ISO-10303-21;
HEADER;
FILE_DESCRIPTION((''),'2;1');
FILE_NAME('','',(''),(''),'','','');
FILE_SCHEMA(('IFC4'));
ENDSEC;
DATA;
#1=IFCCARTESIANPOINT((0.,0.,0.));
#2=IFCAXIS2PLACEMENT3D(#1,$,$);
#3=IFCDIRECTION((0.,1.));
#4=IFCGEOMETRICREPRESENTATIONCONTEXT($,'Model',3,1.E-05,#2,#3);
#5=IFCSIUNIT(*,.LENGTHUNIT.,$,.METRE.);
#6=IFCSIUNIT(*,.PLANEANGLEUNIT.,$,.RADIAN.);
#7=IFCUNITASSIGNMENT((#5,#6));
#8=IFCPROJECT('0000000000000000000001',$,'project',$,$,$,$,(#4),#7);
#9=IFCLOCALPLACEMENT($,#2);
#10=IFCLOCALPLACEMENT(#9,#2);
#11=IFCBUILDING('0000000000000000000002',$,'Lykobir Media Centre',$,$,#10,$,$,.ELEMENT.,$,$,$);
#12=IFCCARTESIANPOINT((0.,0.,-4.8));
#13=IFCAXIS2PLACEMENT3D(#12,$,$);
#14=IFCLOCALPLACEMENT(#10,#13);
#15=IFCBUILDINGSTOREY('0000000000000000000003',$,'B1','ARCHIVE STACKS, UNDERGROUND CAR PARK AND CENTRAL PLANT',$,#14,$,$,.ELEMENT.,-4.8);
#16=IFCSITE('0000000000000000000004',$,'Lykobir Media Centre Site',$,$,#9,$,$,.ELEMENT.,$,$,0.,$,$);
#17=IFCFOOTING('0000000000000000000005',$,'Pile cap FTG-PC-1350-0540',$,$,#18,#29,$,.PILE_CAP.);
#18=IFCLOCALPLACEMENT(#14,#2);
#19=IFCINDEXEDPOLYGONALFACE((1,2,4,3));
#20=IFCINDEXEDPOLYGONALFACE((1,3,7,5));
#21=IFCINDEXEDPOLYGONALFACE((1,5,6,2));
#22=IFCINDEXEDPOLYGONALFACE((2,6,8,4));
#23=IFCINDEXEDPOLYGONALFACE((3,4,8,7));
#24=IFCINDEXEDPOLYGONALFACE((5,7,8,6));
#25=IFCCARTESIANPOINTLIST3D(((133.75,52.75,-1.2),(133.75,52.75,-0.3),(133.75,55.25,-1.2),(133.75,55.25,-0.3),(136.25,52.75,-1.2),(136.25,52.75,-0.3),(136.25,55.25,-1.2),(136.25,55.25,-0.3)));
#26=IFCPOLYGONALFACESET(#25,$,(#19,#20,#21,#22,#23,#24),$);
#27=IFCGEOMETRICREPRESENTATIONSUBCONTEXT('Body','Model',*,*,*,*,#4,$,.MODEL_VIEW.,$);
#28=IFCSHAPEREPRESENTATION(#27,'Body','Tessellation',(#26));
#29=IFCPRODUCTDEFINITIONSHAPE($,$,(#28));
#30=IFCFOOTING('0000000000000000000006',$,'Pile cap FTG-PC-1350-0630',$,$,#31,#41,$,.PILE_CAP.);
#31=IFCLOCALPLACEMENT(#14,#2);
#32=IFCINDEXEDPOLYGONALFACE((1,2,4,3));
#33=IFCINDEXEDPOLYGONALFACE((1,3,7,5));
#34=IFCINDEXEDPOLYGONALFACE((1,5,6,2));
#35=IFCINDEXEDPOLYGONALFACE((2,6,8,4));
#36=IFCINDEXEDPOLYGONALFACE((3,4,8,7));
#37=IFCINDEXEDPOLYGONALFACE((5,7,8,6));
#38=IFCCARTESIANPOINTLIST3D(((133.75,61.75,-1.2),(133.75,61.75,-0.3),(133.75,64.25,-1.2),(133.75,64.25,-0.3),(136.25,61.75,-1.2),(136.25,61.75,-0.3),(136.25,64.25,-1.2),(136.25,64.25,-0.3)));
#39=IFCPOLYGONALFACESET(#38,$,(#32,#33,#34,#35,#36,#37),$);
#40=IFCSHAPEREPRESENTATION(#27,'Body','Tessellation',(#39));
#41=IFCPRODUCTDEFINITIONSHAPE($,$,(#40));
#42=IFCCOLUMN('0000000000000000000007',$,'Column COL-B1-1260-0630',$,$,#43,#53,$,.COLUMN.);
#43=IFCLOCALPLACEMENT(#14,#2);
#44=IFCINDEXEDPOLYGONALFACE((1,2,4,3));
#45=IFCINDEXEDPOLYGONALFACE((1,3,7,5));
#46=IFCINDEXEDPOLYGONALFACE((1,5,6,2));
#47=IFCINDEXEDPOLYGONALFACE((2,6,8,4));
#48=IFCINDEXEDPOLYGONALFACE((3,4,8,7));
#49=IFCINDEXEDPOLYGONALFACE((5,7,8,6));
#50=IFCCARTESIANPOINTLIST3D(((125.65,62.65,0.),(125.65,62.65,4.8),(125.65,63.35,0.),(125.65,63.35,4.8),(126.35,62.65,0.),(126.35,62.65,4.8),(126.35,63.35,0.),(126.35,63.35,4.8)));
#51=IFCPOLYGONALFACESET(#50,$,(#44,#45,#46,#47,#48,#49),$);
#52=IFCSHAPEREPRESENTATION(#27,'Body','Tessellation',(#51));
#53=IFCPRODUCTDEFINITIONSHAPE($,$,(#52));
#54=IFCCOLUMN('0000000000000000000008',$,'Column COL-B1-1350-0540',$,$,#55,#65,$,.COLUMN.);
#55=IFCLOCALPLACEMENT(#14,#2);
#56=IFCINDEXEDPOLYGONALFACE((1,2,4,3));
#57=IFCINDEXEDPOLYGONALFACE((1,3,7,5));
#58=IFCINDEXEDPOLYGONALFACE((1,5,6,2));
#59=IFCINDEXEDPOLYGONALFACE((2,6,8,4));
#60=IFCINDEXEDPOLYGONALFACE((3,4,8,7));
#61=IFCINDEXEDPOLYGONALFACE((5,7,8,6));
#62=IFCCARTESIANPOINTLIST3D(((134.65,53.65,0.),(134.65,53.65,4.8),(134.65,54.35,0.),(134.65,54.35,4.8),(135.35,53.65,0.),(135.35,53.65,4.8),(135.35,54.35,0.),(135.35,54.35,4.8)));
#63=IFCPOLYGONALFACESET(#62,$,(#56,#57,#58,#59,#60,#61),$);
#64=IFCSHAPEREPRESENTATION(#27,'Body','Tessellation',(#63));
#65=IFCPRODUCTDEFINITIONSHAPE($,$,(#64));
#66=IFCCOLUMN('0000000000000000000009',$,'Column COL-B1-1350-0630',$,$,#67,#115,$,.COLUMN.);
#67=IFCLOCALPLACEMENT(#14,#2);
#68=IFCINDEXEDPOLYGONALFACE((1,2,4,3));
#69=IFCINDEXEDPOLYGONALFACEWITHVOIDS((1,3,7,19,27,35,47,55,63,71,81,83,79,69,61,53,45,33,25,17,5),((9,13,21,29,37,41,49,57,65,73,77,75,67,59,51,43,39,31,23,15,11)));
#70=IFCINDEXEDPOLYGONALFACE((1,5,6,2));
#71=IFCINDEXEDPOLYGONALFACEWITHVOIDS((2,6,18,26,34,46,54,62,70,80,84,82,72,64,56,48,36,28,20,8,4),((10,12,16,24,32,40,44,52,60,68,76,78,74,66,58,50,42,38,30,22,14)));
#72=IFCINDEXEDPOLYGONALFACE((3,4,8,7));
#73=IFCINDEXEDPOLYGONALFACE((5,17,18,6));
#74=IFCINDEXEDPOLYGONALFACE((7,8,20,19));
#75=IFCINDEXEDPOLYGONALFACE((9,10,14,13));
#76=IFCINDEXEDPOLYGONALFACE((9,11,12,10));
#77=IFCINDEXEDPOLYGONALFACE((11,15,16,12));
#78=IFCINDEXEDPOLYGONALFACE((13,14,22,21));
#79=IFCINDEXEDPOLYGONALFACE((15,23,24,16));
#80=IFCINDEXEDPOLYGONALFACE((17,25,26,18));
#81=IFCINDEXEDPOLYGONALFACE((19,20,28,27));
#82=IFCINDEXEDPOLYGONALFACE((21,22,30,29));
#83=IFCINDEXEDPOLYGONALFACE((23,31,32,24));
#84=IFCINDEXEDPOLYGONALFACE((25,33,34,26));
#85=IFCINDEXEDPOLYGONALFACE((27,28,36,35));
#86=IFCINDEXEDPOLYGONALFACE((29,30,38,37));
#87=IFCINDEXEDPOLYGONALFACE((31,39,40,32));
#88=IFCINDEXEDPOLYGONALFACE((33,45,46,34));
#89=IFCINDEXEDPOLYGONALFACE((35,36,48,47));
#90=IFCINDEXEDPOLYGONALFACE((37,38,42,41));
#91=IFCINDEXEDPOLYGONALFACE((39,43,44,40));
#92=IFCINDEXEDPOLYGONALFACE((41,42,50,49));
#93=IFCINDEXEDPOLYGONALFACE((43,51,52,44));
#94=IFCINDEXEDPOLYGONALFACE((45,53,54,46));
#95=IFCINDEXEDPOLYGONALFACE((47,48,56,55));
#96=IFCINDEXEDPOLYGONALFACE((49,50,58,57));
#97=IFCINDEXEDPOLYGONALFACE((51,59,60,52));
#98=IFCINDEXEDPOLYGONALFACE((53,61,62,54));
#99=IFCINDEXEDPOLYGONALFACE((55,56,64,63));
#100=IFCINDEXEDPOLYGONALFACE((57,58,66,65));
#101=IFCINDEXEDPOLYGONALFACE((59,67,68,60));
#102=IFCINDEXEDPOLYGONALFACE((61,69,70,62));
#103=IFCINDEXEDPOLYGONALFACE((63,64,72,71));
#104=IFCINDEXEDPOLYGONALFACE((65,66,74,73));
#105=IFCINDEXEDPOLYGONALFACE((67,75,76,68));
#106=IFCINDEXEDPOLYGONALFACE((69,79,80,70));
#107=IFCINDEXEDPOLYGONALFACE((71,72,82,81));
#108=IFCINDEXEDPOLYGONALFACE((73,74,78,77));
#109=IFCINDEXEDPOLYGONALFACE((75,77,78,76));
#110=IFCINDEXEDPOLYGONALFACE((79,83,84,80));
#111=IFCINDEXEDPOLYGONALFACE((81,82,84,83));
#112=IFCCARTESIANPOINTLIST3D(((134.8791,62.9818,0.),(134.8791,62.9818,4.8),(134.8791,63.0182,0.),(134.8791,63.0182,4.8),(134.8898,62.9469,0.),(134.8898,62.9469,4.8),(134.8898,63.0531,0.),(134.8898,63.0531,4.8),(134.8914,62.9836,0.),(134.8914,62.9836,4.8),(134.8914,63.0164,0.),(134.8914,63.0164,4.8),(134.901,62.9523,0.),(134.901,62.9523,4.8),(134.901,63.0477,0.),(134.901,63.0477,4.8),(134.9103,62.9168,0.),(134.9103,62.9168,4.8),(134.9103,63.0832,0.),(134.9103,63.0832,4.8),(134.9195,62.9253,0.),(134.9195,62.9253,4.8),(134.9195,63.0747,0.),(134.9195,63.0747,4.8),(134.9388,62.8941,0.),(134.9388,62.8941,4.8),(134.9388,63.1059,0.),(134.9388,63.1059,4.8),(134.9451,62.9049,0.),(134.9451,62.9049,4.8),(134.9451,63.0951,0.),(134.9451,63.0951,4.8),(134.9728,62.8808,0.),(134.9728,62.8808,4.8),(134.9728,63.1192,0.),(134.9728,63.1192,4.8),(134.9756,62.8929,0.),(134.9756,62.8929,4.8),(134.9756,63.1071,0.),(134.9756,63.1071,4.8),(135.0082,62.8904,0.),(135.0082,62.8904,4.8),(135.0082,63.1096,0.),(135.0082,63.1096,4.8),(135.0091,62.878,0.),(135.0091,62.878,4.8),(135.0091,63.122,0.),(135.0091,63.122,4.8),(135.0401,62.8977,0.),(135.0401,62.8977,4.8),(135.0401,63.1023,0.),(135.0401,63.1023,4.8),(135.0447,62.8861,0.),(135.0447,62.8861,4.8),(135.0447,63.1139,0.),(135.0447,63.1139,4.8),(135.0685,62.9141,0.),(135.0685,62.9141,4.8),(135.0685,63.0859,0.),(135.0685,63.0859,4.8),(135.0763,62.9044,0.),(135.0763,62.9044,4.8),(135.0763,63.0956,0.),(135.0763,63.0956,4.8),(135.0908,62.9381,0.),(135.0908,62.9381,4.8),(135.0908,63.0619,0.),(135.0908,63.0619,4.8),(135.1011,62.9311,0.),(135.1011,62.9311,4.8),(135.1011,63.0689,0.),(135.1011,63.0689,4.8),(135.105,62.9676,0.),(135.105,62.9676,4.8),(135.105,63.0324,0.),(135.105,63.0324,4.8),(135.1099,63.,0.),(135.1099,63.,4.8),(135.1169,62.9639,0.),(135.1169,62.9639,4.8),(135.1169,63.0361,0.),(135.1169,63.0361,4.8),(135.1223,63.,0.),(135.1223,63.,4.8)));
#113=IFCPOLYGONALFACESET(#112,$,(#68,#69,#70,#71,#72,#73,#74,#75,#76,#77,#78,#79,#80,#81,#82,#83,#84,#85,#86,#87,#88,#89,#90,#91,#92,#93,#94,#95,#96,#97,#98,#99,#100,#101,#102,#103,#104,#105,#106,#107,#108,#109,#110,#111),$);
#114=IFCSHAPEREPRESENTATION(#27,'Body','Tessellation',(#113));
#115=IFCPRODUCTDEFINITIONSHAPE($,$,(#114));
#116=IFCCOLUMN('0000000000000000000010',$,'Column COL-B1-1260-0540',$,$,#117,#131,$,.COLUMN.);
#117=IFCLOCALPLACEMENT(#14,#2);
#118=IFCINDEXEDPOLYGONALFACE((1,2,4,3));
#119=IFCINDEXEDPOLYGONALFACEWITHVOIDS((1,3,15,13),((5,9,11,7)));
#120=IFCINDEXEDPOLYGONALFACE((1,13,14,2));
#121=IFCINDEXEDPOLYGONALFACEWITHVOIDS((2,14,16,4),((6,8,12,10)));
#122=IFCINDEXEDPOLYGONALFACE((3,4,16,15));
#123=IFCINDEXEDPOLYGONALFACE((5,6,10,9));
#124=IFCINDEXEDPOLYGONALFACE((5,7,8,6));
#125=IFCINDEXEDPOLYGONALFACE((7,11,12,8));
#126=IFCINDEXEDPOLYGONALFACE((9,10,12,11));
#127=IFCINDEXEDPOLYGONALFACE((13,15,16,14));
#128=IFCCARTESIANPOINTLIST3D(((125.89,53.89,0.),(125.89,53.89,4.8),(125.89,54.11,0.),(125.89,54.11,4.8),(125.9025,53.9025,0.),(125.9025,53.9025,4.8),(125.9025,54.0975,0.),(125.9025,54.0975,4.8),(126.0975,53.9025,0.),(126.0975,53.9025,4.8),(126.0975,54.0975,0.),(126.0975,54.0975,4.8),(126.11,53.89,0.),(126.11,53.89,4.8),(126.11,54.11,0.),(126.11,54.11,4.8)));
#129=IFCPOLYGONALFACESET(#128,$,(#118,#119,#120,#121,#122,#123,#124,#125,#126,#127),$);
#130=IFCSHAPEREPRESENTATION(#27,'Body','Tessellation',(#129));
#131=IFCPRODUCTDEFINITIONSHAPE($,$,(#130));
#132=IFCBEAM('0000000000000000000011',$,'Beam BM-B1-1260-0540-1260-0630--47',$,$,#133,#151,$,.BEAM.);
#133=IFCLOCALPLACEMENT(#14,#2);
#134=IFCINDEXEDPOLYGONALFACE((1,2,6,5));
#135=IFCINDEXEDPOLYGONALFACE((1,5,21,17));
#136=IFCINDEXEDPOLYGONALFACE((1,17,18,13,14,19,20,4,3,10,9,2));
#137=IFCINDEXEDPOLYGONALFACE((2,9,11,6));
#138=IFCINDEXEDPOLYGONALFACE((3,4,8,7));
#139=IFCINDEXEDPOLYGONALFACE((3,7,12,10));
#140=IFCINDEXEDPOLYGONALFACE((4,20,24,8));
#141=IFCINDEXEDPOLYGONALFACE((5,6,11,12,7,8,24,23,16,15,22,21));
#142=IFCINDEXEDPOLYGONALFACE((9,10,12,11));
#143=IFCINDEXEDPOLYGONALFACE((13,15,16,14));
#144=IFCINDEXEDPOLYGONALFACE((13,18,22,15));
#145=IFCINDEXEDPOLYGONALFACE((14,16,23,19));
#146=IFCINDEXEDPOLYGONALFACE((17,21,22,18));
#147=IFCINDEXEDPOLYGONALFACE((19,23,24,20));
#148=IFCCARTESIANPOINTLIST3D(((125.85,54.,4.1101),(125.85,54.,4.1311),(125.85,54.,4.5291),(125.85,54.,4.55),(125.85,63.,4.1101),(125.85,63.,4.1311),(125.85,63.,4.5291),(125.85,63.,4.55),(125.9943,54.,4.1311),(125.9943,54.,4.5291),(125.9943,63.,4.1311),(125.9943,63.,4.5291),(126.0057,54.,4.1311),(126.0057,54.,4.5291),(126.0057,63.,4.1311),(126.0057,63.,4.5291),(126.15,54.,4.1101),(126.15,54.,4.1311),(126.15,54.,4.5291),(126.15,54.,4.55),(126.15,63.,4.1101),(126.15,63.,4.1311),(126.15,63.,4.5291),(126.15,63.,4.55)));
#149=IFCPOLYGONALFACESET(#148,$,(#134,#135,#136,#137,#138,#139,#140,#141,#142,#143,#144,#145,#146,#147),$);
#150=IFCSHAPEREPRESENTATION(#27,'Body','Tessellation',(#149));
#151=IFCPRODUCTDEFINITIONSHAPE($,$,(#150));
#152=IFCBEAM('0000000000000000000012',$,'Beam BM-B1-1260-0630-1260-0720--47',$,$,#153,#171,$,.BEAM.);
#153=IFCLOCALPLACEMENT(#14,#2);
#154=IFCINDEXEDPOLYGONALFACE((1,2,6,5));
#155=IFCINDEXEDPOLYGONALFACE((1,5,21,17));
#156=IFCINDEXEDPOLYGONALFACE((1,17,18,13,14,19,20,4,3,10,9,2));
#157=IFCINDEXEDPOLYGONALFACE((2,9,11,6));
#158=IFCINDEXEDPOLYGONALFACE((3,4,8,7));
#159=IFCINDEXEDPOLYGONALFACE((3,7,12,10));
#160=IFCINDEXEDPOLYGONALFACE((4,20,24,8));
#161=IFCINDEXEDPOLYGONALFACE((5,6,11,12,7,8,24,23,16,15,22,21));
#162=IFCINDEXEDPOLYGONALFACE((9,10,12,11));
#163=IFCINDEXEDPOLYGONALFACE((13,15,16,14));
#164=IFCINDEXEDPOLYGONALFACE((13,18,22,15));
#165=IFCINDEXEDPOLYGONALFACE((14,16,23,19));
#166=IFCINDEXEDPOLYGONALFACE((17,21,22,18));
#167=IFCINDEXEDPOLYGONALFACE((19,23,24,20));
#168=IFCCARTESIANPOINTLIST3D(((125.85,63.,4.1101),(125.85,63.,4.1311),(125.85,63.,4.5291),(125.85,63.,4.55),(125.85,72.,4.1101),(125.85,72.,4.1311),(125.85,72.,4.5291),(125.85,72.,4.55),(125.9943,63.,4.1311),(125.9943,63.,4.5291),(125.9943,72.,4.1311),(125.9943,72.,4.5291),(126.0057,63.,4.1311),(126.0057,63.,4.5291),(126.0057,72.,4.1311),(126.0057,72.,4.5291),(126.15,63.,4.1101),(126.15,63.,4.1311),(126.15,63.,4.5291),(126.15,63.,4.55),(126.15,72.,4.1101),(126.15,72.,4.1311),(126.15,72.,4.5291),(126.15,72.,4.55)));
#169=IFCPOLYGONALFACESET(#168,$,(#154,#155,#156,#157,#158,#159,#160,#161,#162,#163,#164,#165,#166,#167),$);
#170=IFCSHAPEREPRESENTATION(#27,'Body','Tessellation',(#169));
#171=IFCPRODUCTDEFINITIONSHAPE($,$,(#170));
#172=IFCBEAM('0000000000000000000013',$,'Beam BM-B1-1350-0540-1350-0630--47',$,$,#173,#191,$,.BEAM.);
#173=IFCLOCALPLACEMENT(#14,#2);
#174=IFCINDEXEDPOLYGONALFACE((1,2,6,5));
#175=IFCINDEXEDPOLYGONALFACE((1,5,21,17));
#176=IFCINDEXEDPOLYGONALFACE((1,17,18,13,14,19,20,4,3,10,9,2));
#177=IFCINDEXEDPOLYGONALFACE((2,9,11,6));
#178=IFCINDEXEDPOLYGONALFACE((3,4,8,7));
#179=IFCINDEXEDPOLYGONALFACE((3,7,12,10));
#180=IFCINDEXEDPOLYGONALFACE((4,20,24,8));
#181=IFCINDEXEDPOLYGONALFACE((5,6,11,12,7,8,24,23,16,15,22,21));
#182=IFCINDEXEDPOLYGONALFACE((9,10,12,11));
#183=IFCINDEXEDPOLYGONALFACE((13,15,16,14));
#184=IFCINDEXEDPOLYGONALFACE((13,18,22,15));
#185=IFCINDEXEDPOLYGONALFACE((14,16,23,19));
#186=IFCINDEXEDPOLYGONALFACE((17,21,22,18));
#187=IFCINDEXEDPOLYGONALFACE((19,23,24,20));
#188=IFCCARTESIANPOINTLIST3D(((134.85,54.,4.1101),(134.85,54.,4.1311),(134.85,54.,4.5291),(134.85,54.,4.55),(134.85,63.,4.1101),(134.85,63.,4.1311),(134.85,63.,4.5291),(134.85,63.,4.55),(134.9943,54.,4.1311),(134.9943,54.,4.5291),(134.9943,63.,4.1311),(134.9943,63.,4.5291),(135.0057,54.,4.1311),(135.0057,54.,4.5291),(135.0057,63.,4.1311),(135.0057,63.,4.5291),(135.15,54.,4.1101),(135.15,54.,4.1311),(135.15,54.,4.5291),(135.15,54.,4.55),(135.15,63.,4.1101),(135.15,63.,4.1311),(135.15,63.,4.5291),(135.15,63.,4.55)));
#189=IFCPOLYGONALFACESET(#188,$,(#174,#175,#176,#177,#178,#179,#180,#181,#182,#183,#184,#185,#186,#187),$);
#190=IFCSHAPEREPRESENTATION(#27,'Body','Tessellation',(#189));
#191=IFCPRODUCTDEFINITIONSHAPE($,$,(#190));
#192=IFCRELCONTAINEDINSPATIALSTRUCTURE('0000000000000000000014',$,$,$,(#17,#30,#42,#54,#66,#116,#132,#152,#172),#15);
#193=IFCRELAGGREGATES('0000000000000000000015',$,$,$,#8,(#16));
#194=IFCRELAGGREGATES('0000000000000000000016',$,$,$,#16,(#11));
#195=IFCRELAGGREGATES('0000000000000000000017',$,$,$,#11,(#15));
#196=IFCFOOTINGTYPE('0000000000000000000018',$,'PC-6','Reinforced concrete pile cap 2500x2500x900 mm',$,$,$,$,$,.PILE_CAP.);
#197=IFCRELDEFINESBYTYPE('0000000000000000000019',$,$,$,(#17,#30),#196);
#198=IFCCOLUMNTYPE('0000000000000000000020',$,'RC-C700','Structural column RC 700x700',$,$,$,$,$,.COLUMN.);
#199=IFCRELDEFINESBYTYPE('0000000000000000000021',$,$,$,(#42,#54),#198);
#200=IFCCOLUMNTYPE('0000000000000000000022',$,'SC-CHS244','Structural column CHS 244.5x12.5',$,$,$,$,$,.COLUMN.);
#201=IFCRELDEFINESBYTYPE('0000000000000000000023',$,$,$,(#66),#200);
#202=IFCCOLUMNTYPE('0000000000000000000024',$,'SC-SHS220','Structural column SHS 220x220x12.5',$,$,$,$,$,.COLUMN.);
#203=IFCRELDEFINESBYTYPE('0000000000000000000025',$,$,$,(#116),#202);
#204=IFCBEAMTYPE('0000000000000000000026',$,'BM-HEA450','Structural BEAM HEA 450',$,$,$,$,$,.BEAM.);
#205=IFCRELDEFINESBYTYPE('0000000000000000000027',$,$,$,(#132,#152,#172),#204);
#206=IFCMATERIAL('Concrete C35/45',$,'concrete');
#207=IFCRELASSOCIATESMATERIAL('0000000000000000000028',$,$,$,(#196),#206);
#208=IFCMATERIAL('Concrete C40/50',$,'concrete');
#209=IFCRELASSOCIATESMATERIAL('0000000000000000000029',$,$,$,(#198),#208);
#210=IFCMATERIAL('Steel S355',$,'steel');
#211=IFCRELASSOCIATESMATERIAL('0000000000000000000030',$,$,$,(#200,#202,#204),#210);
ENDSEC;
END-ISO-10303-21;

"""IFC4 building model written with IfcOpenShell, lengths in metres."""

from ifc_helpers import new_model, si_unit, direction, frame, origin, origin_2d, place, context, subcontext, project, spatial, rectangle, hollow_rectangle, hollow_circle, i_section, extrude, material, material_profile, profile_set, type_object, element, save


model = new_model("IFC4")

# Units and contexts
model_context = context("Model", 3, precision=1e-05, world=origin(), true_north=direction((0.0, 1.0)))
body_context = subcontext(model_context, "Body", "Model", "MODEL_VIEW")
ifc_project = project(units=[si_unit("LENGTHUNIT", "METRE"), si_unit("PLANEANGLEUNIT", "RADIAN")], contexts=[model_context])

# Site, building, storey
site_placement = place(None, origin())
site = spatial("IfcSite", under=ifc_project, at=site_placement, Name="Lykobir Media Centre Site", CompositionType="ELEMENT", RefElevation=0.0)
building_placement = place(site_placement, origin())
building = spatial("IfcBuilding", under=site, at=building_placement, Name="Lykobir Media Centre", CompositionType="ELEMENT")
storey_placement = place(building_placement, frame((0.0, 0.0, -4.8)))
storey = spatial("IfcBuildingStorey", under=building, at=storey_placement, Name="B1", Description="ARCHIVE STACKS, UNDERGROUND CAR PARK AND CENTRAL PLANT", CompositionType="ELEMENT", Elevation=-4.8)

# Footings
ifc_material_1 = material(Name="Concrete C35/45", Category="concrete")
footing_type_1 = type_object("IfcFootingType", Name="PC-6", Description="Reinforced concrete pile cap 2500x2500x900 mm", PredefinedType="PILE_CAP", material=ifc_material_1)
for number, where, z_axis, x_axis, name in (
    (1, (135.0, 54.0, -1.2), (0.0, 0.0, 1.0), (1.0, 0.0, 0.0), "Pile cap FTG-PC-1350-0540"),
    (2, (135.0, 63.0, -1.2), (0.0, 0.0, 1.0), (1.0, 0.0, 0.0), "Pile cap FTG-PC-1350-0630"),
):
    element("IfcFooting", number, at=place(storey_placement, frame(where, z_axis=z_axis, x_axis=x_axis)), inside=storey, type_object=footing_type_1, Name=name, PredefinedType="PILE_CAP", context=body_context, shape_type="SweptSolid", body=[
        extrude(rectangle(XDim=2.5, YDim=2.5, at=origin_2d()), origin(), (0.0, 0.0, 1.0), 0.8999),
    ])

# Columns
ifc_material_2 = material(Name="Concrete C40/50", Category="concrete")
ifc_material_profile_1 = material_profile(ifc_material_2, rectangle(XDim=0.7, YDim=0.7, at=origin_2d()), Name="RC 700x700")
ifc_profile_set_1 = profile_set([ifc_material_profile_1], Name="Concrete C40/50")
column_type_1 = type_object("IfcColumnType", Name="RC-C700", Description="Structural column RC 700x700", PredefinedType="COLUMN", material=ifc_profile_set_1)
for number, where, z_axis, x_axis, name in (
    (3, (126.0, 63.0, 0.0), (0.0, 0.0, 1.0), (1.0, 0.0, 0.0), "Column COL-B1-1260-0630"),
    (4, (135.0, 54.0, 0.0), (0.0, 0.0, 1.0), (1.0, 0.0, 0.0), "Column COL-B1-1350-0540"),
):
    element("IfcColumn", number, at=place(storey_placement, frame(where, z_axis=z_axis, x_axis=x_axis)), inside=storey, type_object=column_type_1, Name=name, PredefinedType="COLUMN", context=body_context, shape_type="SweptSolid", body=[
        extrude(rectangle(XDim=0.7, YDim=0.7, at=origin_2d()), origin(), (0.0, 0.0, 1.0), 4.8),
    ])
ifc_material_3 = material(Name="Steel S355", Category="steel")
ifc_material_profile_2 = material_profile(ifc_material_3, hollow_circle(Radius=0.1223, WallThickness=0.0125, at=origin_2d()), Name="CHS 244.5x12.5")
ifc_profile_set_2 = profile_set([ifc_material_profile_2], Name="Steel S355")
column_type_2 = type_object("IfcColumnType", Name="SC-CHS244", Description="Structural column CHS 244.5x12.5", PredefinedType="COLUMN", material=ifc_profile_set_2)
column_1_placement = place(storey_placement, frame((135.0, 63.0, 0.0), z_axis=(0.0, 0.0, 1.0), x_axis=(1.0, 0.0, 0.0)))
element("IfcColumn", 5, at=column_1_placement, inside=storey, type_object=column_type_2, Name="Column COL-B1-1350-0630", PredefinedType="COLUMN", context=body_context, shape_type="SweptSolid", body=[
    extrude(hollow_circle(Radius=0.1223, WallThickness=0.0125, at=origin_2d()), origin(), (0.0, 0.0, 1.0), 4.8),
])
ifc_material_profile_3 = material_profile(ifc_material_3, hollow_rectangle(XDim=0.22, YDim=0.22, WallThickness=0.0125, at=origin_2d()), Name="SHS 220x220x12.5")
ifc_profile_set_3 = profile_set([ifc_material_profile_3], Name="Steel S355")
column_type_3 = type_object("IfcColumnType", Name="SC-SHS220", Description="Structural column SHS 220x220x12.5", PredefinedType="COLUMN", material=ifc_profile_set_3)
column_2_placement = place(storey_placement, frame((126.0, 54.0, 0.0), z_axis=(0.0, 0.0, 1.0), x_axis=(1.0, 0.0, 0.0)))
element("IfcColumn", 6, at=column_2_placement, inside=storey, type_object=column_type_3, Name="Column COL-B1-1260-0540", PredefinedType="COLUMN", context=body_context, shape_type="SweptSolid", body=[
    extrude(hollow_rectangle(XDim=0.22, YDim=0.22, WallThickness=0.0125, at=origin_2d()), origin(), (0.0, 0.0, 1.0), 4.8),
])

# Beams
ifc_material_profile_4 = material_profile(ifc_material_3, i_section(OverallWidth=0.3, OverallDepth=0.4399, WebThickness=0.0115, FlangeThickness=0.021, at=origin_2d()), Name="HEA 450")
ifc_profile_set_4 = profile_set([ifc_material_profile_4], Name="Steel S355")
beam_type_1 = type_object("IfcBeamType", Name="BM-HEA450", Description="Structural BEAM HEA 450", PredefinedType="BEAM", material=ifc_profile_set_4)
for number, where, z_axis, x_axis, name in (
    (7, (126.0, 54.0, 4.3301), (0.0, 1.0, 0.0), (-1.0, 0.0, 0.0), "Beam BM-B1-1260-0540-1260-0630--47"),
    (8, (126.0, 63.0, 4.3301), (0.0, 1.0, 0.0), (-1.0, 0.0, 0.0), "Beam BM-B1-1260-0630-1260-0720--47"),
    (9, (135.0, 54.0, 4.3301), (0.0, 1.0, 0.0), (-1.0, 0.0, 0.0), "Beam BM-B1-1350-0540-1350-0630--47"),
):
    element("IfcBeam", number, at=place(storey_placement, frame(where, z_axis=z_axis, x_axis=x_axis)), inside=storey, type_object=beam_type_1, Name=name, PredefinedType="BEAM", context=body_context, shape_type="SweptSolid", body=[
        extrude(i_section(OverallWidth=0.3, OverallDepth=0.4399, WebThickness=0.0115, FlangeThickness=0.021, at=origin_2d()), origin(), (0.0, 0.0, 1.0), 9.0),
    ])

save(model, "model.ifc")
